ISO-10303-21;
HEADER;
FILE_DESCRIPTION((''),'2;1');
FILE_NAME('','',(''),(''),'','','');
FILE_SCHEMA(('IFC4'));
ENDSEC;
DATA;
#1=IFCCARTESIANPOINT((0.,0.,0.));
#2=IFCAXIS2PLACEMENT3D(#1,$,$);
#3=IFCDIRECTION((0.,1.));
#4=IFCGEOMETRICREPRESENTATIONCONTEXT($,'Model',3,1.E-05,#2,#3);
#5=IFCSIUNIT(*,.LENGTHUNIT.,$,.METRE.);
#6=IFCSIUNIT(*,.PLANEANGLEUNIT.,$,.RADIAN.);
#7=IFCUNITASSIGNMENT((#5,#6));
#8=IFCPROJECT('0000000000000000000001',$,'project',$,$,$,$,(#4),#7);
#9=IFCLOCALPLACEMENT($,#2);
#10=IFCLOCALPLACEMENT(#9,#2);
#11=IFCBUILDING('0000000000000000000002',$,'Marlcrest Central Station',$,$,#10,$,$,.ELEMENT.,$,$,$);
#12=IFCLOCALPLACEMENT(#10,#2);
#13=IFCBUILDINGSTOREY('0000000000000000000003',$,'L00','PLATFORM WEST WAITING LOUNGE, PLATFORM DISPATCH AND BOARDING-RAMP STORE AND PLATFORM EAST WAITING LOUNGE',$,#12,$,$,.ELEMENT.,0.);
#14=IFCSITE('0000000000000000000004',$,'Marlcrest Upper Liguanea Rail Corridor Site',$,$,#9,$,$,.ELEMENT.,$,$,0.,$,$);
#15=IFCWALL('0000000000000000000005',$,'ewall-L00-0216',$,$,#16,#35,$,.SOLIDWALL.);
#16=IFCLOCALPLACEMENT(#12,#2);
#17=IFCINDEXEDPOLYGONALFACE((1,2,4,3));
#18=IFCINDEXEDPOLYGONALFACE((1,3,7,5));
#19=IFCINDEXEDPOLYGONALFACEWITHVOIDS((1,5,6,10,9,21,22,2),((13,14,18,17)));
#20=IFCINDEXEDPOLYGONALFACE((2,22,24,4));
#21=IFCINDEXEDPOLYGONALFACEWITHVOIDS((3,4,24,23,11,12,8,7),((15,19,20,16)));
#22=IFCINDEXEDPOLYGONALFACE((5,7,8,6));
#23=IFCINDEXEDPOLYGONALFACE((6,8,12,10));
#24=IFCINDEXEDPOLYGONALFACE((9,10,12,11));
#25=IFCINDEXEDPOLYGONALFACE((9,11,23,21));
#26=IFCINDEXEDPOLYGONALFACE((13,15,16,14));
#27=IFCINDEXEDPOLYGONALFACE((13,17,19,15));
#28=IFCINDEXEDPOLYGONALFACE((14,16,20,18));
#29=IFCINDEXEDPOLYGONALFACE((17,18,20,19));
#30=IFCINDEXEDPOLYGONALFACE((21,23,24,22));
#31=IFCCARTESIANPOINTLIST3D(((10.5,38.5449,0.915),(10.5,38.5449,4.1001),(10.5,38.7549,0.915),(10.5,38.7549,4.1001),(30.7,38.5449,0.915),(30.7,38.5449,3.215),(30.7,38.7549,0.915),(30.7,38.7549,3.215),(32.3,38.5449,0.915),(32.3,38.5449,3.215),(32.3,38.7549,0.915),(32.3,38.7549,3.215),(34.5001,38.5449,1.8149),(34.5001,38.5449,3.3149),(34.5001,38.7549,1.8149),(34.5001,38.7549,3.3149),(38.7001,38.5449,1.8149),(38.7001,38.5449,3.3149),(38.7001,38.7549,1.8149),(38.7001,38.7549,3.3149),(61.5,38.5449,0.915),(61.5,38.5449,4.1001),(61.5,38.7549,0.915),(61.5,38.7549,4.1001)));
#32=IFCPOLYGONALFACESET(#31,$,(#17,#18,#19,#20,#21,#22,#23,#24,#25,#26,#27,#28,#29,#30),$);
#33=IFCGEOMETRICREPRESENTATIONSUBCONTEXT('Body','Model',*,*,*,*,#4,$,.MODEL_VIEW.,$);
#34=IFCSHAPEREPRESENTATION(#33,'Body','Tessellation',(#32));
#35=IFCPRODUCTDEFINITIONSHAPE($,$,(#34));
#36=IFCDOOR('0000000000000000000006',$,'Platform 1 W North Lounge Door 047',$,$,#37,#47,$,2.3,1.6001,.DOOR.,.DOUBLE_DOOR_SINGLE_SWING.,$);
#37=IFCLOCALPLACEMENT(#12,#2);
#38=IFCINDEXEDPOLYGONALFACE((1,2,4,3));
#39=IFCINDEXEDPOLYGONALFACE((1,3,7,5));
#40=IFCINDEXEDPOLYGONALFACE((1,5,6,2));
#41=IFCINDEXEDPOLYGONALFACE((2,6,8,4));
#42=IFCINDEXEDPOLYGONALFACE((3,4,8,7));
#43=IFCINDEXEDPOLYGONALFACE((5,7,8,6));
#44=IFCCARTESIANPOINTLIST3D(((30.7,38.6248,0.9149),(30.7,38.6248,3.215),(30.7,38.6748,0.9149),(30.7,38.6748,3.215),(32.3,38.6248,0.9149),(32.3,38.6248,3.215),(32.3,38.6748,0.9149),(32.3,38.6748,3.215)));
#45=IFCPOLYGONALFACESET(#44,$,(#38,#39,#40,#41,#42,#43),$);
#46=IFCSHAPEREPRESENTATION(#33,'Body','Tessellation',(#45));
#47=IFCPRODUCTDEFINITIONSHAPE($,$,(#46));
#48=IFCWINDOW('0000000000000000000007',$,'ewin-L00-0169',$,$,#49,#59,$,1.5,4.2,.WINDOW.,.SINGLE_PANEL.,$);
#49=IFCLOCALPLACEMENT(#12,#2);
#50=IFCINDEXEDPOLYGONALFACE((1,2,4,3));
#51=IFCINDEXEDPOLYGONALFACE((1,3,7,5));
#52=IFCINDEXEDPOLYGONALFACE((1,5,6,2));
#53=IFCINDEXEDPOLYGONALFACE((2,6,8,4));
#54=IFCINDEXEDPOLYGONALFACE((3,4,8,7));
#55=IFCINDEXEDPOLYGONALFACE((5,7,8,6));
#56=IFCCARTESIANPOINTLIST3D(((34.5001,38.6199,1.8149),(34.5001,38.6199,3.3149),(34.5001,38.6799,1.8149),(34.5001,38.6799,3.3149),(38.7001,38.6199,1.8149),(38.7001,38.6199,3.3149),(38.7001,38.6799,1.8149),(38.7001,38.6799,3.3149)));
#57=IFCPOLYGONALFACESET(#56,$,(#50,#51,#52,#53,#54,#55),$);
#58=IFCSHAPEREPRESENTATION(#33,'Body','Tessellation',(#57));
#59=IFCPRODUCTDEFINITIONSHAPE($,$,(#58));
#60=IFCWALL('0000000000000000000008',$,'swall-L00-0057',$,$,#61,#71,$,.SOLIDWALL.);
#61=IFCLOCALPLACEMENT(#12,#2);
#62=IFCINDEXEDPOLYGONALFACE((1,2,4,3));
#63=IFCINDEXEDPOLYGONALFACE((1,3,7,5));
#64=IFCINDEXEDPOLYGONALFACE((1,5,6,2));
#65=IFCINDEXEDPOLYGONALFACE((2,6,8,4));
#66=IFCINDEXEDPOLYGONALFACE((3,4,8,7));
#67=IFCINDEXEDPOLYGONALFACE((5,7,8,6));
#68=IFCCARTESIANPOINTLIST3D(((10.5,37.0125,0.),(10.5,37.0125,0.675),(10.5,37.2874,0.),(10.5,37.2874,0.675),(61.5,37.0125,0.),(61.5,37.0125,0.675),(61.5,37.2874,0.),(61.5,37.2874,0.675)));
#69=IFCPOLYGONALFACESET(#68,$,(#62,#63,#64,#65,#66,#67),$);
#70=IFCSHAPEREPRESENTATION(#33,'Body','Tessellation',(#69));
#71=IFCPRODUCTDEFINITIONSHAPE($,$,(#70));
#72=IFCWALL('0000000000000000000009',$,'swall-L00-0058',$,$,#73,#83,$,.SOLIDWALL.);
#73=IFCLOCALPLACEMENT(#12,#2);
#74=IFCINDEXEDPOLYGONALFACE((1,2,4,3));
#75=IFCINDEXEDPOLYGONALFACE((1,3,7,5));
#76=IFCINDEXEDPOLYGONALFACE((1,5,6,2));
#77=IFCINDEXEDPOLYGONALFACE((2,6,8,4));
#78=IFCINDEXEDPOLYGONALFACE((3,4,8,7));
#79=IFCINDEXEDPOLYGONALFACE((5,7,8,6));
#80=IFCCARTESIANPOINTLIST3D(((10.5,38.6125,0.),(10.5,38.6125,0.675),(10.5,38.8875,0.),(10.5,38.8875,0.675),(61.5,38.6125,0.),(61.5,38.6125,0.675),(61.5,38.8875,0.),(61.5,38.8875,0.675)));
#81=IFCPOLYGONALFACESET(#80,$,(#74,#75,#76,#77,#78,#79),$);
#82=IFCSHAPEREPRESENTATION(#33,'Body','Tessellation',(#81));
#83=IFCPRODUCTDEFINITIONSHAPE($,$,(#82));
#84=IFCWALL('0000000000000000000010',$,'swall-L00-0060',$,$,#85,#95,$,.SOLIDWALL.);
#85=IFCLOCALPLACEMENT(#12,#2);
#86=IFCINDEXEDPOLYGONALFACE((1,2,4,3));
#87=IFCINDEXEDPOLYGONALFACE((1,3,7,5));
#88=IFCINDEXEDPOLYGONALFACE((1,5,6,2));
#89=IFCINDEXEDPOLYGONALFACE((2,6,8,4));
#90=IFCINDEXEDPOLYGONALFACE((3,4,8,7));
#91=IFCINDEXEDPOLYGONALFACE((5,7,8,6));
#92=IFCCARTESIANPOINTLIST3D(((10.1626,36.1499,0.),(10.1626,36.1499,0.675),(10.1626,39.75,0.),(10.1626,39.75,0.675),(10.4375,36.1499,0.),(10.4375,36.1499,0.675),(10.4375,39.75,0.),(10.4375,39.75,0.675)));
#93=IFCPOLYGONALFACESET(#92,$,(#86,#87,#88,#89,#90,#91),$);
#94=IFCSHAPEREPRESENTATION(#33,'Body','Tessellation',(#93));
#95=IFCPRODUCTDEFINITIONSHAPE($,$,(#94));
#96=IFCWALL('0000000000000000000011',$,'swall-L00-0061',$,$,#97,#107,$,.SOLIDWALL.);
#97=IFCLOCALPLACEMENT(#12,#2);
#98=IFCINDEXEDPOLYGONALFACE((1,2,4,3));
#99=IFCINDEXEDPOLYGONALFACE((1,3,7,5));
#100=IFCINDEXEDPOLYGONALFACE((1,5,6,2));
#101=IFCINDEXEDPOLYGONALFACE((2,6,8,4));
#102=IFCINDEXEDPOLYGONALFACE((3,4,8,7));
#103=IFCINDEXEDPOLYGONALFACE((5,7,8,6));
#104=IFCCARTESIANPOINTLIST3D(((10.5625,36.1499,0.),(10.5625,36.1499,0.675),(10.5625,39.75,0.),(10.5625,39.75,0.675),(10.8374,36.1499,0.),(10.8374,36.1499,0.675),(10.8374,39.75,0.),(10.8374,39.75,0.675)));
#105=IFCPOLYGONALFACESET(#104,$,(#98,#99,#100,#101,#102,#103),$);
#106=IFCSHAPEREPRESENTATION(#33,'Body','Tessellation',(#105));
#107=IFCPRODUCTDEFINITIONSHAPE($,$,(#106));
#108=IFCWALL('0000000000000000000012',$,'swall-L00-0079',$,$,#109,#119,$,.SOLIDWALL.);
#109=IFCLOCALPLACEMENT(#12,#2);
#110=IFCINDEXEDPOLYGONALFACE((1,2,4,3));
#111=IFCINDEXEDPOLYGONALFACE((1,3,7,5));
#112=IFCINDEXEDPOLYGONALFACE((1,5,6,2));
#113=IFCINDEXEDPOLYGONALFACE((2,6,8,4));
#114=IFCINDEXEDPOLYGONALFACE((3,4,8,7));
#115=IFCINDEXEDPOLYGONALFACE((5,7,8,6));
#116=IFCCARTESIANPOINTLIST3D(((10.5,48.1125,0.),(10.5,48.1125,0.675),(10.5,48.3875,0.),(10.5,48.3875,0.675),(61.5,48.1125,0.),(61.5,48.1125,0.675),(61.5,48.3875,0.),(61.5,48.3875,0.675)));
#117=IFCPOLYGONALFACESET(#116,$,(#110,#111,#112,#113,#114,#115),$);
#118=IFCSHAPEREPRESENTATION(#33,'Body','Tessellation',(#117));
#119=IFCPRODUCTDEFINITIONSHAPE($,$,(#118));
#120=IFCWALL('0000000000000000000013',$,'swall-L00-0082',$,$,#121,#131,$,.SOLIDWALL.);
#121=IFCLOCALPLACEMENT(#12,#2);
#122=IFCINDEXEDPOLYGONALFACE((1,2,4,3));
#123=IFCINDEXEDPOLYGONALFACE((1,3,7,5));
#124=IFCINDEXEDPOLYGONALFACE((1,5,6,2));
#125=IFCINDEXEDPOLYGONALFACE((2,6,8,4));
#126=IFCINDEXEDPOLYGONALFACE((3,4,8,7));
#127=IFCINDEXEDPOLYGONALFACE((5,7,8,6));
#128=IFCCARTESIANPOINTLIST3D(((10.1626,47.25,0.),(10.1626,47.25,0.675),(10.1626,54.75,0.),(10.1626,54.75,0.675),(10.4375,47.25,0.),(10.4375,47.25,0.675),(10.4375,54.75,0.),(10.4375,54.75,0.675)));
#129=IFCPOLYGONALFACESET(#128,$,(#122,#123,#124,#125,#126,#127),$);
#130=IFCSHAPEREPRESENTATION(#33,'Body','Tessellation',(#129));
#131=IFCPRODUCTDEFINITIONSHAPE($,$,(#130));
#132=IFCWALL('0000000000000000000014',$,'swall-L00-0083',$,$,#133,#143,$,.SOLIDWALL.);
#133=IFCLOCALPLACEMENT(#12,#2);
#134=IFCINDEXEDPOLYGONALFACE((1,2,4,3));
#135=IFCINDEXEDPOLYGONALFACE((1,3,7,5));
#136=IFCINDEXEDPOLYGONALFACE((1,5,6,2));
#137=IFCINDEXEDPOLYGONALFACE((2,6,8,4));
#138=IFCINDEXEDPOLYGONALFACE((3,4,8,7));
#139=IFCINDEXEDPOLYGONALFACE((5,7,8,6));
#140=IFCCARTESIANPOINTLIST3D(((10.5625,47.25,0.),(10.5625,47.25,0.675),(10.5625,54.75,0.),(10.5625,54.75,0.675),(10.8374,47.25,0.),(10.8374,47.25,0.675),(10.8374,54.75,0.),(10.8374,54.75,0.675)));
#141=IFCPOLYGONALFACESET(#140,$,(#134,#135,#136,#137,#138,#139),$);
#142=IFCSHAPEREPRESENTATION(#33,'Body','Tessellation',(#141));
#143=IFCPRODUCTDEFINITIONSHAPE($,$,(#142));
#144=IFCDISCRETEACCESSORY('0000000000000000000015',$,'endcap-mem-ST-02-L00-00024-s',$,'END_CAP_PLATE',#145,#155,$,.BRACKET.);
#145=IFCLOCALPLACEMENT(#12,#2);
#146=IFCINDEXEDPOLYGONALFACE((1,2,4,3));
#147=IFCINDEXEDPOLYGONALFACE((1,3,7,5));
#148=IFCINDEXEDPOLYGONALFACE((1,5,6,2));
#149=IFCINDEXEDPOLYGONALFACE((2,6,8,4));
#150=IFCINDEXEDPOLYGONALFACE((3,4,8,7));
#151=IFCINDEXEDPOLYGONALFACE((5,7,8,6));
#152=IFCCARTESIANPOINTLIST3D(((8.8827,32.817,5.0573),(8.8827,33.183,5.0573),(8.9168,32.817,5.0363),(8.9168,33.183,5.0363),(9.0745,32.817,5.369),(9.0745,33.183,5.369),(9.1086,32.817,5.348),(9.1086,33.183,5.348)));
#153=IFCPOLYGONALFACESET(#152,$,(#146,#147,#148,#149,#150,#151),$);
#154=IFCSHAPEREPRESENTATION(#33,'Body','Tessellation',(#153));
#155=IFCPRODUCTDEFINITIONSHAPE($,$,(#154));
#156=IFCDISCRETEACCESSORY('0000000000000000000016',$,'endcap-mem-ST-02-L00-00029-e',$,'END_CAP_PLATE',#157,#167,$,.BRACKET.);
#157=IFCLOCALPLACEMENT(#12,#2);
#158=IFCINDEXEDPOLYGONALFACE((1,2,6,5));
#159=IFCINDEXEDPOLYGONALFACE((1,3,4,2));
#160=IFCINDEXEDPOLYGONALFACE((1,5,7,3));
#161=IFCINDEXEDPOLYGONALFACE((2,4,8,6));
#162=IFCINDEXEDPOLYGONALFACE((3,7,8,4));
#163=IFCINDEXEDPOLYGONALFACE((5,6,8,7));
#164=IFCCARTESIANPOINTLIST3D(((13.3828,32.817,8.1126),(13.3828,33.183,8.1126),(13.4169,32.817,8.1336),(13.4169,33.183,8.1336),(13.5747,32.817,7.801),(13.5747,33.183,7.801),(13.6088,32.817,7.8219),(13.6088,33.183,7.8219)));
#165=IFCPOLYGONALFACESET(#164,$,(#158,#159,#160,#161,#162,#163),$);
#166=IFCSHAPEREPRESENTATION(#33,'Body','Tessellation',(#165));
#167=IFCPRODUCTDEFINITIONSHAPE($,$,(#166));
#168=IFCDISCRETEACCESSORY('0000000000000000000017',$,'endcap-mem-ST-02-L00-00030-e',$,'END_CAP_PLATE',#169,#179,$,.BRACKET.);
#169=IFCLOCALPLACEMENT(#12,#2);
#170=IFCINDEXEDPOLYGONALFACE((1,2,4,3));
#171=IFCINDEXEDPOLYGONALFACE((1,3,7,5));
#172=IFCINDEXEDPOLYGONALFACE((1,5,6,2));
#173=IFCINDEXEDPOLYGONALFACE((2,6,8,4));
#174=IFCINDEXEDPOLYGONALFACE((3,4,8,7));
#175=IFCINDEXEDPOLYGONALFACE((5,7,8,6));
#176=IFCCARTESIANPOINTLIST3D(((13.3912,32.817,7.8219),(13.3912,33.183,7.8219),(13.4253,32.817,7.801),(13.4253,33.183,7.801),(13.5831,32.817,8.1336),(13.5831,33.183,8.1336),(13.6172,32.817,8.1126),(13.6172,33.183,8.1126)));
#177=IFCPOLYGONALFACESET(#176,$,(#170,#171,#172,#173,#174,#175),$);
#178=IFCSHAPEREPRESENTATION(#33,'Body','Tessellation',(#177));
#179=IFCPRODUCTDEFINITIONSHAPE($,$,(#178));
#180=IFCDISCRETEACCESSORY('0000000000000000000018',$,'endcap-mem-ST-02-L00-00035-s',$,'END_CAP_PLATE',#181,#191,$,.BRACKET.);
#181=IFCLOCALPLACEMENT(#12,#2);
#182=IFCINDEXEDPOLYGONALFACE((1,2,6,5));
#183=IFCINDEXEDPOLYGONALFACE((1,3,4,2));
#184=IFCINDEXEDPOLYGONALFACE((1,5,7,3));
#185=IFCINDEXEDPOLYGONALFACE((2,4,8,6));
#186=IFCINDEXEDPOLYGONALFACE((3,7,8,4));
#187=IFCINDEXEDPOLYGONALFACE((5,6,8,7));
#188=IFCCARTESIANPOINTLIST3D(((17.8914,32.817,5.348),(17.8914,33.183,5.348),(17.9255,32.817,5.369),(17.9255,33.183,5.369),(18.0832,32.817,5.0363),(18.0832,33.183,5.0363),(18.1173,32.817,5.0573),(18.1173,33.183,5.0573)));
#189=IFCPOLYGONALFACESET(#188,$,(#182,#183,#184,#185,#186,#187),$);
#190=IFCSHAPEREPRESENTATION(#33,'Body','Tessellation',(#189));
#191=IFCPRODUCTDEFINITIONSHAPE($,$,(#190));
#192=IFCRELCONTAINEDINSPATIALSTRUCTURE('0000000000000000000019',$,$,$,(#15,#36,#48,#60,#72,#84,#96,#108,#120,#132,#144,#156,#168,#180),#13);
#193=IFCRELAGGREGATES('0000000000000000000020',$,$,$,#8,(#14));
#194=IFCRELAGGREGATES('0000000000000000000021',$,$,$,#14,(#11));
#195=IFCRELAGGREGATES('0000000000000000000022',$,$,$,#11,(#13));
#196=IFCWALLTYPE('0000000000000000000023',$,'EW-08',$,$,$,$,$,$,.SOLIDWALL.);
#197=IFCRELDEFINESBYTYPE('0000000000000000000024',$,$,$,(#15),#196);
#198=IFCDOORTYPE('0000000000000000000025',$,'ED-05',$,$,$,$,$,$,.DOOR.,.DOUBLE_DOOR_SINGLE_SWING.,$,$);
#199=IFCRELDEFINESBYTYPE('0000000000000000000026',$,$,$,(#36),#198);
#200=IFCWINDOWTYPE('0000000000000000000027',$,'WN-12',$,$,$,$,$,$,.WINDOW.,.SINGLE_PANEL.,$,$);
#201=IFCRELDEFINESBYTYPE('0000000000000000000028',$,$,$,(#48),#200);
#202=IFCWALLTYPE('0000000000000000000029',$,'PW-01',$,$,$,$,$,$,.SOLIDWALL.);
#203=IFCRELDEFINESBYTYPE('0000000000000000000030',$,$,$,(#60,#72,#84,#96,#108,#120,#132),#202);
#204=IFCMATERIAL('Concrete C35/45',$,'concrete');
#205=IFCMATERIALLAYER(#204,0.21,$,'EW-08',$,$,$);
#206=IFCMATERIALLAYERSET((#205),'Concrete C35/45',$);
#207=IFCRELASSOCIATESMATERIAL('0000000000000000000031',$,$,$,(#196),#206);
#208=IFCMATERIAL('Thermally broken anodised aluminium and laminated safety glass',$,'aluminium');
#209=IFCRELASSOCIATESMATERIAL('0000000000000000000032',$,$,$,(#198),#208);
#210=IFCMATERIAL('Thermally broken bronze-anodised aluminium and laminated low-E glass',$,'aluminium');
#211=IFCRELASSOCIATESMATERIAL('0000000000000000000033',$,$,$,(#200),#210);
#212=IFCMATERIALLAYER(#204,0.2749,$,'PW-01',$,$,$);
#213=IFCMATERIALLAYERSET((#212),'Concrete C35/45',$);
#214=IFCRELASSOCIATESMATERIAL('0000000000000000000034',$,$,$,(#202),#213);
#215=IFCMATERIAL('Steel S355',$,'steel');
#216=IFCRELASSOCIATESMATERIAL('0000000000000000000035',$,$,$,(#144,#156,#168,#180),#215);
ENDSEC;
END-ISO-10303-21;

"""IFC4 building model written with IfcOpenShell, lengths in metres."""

from ifc_helpers import new_model, si_unit, direction, frame, frame_2d, origin, origin_2d, place, context, subcontext, project, spatial, rectangle, extrude, material, layer, layer_set, type_object, element, fill, save


model = new_model("IFC4")

# Units and contexts
model_context = context("Model", 3, precision=1e-05, world=origin(), true_north=direction((0.0, 1.0)))
body_context = subcontext(model_context, "Body", "Model", "MODEL_VIEW")
ifc_project = project(units=[si_unit("LENGTHUNIT", "METRE"), si_unit("PLANEANGLEUNIT", "RADIAN")], contexts=[model_context])

# Site, building, storey
site_placement = place(None, origin())
site = spatial("IfcSite", under=ifc_project, at=site_placement, Name="Marlcrest Upper Liguanea Rail Corridor Site", CompositionType="ELEMENT", RefElevation=0.0)
building_placement = place(site_placement, origin())
building = spatial("IfcBuilding", under=site, at=building_placement, Name="Marlcrest Central Station", CompositionType="ELEMENT")
storey_placement = place(building_placement, origin())
storey = spatial("IfcBuildingStorey", under=building, at=storey_placement, Name="L00", Description="PLATFORM WEST WAITING LOUNGE, PLATFORM DISPATCH AND BOARDING-RAMP STORE AND PLATFORM EAST WAITING LOUNGE", CompositionType="ELEMENT", Elevation=0.0)

# Shared definitions
ifc_material_1 = material(Name="Concrete C35/45", Category="concrete")

# Shared definitions
ifc_material_2 = material(Name="Steel S355", Category="steel")

# Wall, openings, door, window
ifc_layer_1 = layer(ifc_material_1, 0.21, Name="EW-08")
ifc_layer_set_1 = layer_set([ifc_layer_1], Name="Concrete C35/45")
wall_type_1 = type_object("IfcWallType", Name="EW-08", PredefinedType="SOLIDWALL", material=ifc_layer_set_1)
wall_1_placement = place(storey_placement, frame((10.5, 38.6499, 0.915), z_axis=(0.0, 0.0, 1.0), x_axis=(1.0, 0.0, 0.0)))
wall_1 = element("IfcWall", 1, at=wall_1_placement, inside=storey, type_object=wall_type_1, Name="ewall-L00-0216", PredefinedType="SOLIDWALL", context=body_context, shape_type="SweptSolid", body=[
    extrude(rectangle(XDim=51.0, YDim=0.21, at=frame_2d((25.5, 0.0))), origin(), (0.0, 0.0, 1.0), 3.1851),
])
opening_1_placement = place(wall_1_placement, frame((20.2, 0.0, 0.0)))
opening_1 = element("IfcOpeningElement", 2, at=opening_1_placement, cuts=wall_1, PredefinedType="OPENING", context=body_context, shape_type="SweptSolid", body=[
    extrude(rectangle(XDim=1.6001, YDim=2.3, at=frame_2d((0.8, 1.1499))), frame((0.0, 0.115, 0.0), z_axis=(0.0, -1.0, 0.0), x_axis=(1.0, 0.0, 0.0)), (0.0, 0.0, 1.0), 0.23),
])
opening_2_placement = place(wall_1_placement, frame((24.0, 0.0, 0.8999)))
opening_2 = element("IfcOpeningElement", 3, at=opening_2_placement, cuts=wall_1, PredefinedType="OPENING", context=body_context, shape_type="SweptSolid", body=[
    extrude(rectangle(XDim=4.2, YDim=1.5, at=frame_2d((2.1001, 0.75))), frame((0.0, 0.115, 0.0), z_axis=(0.0, -1.0, 0.0), x_axis=(1.0, 0.0, 0.0)), (0.0, 0.0, 1.0), 0.23),
])
ifc_material_3 = material(Name="Thermally broken anodised aluminium and laminated safety glass", Category="aluminium")
door_type = type_object("IfcDoorType", Name="ED-05", OperationType="DOUBLE_DOOR_SINGLE_SWING", PredefinedType="DOOR", material=ifc_material_3)
door_placement = place(opening_1_placement, origin())
door = element("IfcDoor", 4, at=door_placement, inside=storey, type_object=door_type, Name="Platform 1 W North Lounge Door 047", OperationType="DOUBLE_DOOR_SINGLE_SWING", OverallHeight=2.3, OverallWidth=1.6001, PredefinedType="DOOR", context=body_context, shape_type="SweptSolid", body=[
    extrude(rectangle(XDim=1.6001, YDim=2.3, at=frame_2d((0.8, 1.1499))), frame((0.0, 0.0249, 0.0), z_axis=(0.0, -1.0, 0.0), x_axis=(1.0, 0.0, 0.0)), (0.0, 0.0, 1.0), 0.05),
])
fill(opening_1, door)
ifc_material_4 = material(Name="Thermally broken bronze-anodised aluminium and laminated low-E glass", Category="aluminium")
window_type = type_object("IfcWindowType", Name="WN-12", PartitioningType="SINGLE_PANEL", PredefinedType="WINDOW", material=ifc_material_4)
window_placement = place(opening_2_placement, origin())
window = element("IfcWindow", 5, at=window_placement, inside=storey, type_object=window_type, Name="ewin-L00-0169", OverallHeight=1.5, OverallWidth=4.2, PartitioningType="SINGLE_PANEL", PredefinedType="WINDOW", context=body_context, shape_type="SweptSolid", body=[
    extrude(rectangle(XDim=4.2, YDim=1.5, at=frame_2d((2.1001, 0.75))), frame((0.0, 0.03, 0.0), z_axis=(0.0, -1.0, 0.0), x_axis=(1.0, 0.0, 0.0)), (0.0, 0.0, 1.0), 0.0601),
])
fill(opening_2, window)

# Walls
ifc_layer_2 = layer(ifc_material_1, 0.2749, Name="PW-01")
ifc_layer_set_2 = layer_set([ifc_layer_2], Name="Concrete C35/45")
wall_type_2 = type_object("IfcWallType", Name="PW-01", PredefinedType="SOLIDWALL", material=ifc_layer_set_2)
for number, where, z_axis, x_axis, name in (
    (6, (10.5, 37.1499, 0.0), (0.0, 0.0, 1.0), (1.0, 0.0, 0.0), "swall-L00-0057"),
    (7, (10.5, 38.75, 0.0), (0.0, 0.0, 1.0), (1.0, 0.0, 0.0), "swall-L00-0058"),
):
    element("IfcWall", number, at=place(storey_placement, frame(where, z_axis=z_axis, x_axis=x_axis)), inside=storey, type_object=wall_type_2, Name=name, PredefinedType="SOLIDWALL", context=body_context, shape_type="SweptSolid", body=[
        extrude(rectangle(XDim=51.0, YDim=0.2749, at=frame_2d((25.5, 0.0))), origin(), (0.0, 0.0, 1.0), 0.675),
    ])
for number, where, z_axis, x_axis, name in (
    (8, (10.3, 36.1499, 0.0), (0.0, 0.0, 1.0), (0.0, 1.0, 0.0), "swall-L00-0060"),
    (9, (10.7, 36.1499, 0.0), (0.0, 0.0, 1.0), (0.0, 1.0, 0.0), "swall-L00-0061"),
):
    element("IfcWall", number, at=place(storey_placement, frame(where, z_axis=z_axis, x_axis=x_axis)), inside=storey, type_object=wall_type_2, Name=name, PredefinedType="SOLIDWALL", context=body_context, shape_type="SweptSolid", body=[
        extrude(rectangle(XDim=3.6001, YDim=0.2749, at=frame_2d((1.8, 0.0))), origin(), (0.0, 0.0, 1.0), 0.675),
    ])
wall_2_placement = place(storey_placement, frame((10.5, 48.25, 0.0), z_axis=(0.0, 0.0, 1.0), x_axis=(1.0, 0.0, 0.0)))
element("IfcWall", 10, at=wall_2_placement, inside=storey, type_object=wall_type_2, Name="swall-L00-0079", PredefinedType="SOLIDWALL", context=body_context, shape_type="SweptSolid", body=[
    extrude(rectangle(XDim=51.0, YDim=0.2749, at=frame_2d((25.5, 0.0))), origin(), (0.0, 0.0, 1.0), 0.675),
])
for number, where, z_axis, x_axis, name in (
    (11, (10.3, 47.25, 0.0), (0.0, 0.0, 1.0), (0.0, 1.0, 0.0), "swall-L00-0082"),
    (12, (10.7, 47.25, 0.0), (0.0, 0.0, 1.0), (0.0, 1.0, 0.0), "swall-L00-0083"),
):
    element("IfcWall", number, at=place(storey_placement, frame(where, z_axis=z_axis, x_axis=x_axis)), inside=storey, type_object=wall_type_2, Name=name, PredefinedType="SOLIDWALL", context=body_context, shape_type="SweptSolid", body=[
        extrude(rectangle(XDim=7.5, YDim=0.2749, at=frame_2d((3.75, 0.0))), origin(), (0.0, 0.0, 1.0), 0.675),
    ])

# Discrete accessories
for number, where, z_axis, x_axis, name in (
    (13, (9.0127, 33.0, 5.1921), (-0.851592, 0.0, 0.524206), (0.0, -1.0, 0.0), "endcap-mem-ST-02-L00-00024-s"),
    (14, (13.4788, 33.0, 7.9568), (0.851592, 0.0, 0.524206), (0.0, 1.0, 0.0), "endcap-mem-ST-02-L00-00029-e"),
    (15, (13.5212, 33.0, 7.9568), (-0.851592, 0.0, 0.524206), (0.0, -1.0, 0.0), "endcap-mem-ST-02-L00-00030-e"),
    (16, (17.9873, 33.0, 5.1921), (0.851592, 0.0, 0.524206), (0.0, 1.0, 0.0), "endcap-mem-ST-02-L00-00035-s"),
):
    element("IfcDiscreteAccessory", number, at=place(storey_placement, frame(where, z_axis=z_axis, x_axis=x_axis)), inside=storey, material=ifc_material_2, Name=name, ObjectType="END_CAP_PLATE", PredefinedType="BRACKET", context=body_context, shape_type="SweptSolid", body=[
        extrude(rectangle(XDim=0.366, YDim=0.366, at=origin_2d()), origin(), (0.0, 0.0, 1.0), 0.04),
    ])

save(model, "model.ifc")
